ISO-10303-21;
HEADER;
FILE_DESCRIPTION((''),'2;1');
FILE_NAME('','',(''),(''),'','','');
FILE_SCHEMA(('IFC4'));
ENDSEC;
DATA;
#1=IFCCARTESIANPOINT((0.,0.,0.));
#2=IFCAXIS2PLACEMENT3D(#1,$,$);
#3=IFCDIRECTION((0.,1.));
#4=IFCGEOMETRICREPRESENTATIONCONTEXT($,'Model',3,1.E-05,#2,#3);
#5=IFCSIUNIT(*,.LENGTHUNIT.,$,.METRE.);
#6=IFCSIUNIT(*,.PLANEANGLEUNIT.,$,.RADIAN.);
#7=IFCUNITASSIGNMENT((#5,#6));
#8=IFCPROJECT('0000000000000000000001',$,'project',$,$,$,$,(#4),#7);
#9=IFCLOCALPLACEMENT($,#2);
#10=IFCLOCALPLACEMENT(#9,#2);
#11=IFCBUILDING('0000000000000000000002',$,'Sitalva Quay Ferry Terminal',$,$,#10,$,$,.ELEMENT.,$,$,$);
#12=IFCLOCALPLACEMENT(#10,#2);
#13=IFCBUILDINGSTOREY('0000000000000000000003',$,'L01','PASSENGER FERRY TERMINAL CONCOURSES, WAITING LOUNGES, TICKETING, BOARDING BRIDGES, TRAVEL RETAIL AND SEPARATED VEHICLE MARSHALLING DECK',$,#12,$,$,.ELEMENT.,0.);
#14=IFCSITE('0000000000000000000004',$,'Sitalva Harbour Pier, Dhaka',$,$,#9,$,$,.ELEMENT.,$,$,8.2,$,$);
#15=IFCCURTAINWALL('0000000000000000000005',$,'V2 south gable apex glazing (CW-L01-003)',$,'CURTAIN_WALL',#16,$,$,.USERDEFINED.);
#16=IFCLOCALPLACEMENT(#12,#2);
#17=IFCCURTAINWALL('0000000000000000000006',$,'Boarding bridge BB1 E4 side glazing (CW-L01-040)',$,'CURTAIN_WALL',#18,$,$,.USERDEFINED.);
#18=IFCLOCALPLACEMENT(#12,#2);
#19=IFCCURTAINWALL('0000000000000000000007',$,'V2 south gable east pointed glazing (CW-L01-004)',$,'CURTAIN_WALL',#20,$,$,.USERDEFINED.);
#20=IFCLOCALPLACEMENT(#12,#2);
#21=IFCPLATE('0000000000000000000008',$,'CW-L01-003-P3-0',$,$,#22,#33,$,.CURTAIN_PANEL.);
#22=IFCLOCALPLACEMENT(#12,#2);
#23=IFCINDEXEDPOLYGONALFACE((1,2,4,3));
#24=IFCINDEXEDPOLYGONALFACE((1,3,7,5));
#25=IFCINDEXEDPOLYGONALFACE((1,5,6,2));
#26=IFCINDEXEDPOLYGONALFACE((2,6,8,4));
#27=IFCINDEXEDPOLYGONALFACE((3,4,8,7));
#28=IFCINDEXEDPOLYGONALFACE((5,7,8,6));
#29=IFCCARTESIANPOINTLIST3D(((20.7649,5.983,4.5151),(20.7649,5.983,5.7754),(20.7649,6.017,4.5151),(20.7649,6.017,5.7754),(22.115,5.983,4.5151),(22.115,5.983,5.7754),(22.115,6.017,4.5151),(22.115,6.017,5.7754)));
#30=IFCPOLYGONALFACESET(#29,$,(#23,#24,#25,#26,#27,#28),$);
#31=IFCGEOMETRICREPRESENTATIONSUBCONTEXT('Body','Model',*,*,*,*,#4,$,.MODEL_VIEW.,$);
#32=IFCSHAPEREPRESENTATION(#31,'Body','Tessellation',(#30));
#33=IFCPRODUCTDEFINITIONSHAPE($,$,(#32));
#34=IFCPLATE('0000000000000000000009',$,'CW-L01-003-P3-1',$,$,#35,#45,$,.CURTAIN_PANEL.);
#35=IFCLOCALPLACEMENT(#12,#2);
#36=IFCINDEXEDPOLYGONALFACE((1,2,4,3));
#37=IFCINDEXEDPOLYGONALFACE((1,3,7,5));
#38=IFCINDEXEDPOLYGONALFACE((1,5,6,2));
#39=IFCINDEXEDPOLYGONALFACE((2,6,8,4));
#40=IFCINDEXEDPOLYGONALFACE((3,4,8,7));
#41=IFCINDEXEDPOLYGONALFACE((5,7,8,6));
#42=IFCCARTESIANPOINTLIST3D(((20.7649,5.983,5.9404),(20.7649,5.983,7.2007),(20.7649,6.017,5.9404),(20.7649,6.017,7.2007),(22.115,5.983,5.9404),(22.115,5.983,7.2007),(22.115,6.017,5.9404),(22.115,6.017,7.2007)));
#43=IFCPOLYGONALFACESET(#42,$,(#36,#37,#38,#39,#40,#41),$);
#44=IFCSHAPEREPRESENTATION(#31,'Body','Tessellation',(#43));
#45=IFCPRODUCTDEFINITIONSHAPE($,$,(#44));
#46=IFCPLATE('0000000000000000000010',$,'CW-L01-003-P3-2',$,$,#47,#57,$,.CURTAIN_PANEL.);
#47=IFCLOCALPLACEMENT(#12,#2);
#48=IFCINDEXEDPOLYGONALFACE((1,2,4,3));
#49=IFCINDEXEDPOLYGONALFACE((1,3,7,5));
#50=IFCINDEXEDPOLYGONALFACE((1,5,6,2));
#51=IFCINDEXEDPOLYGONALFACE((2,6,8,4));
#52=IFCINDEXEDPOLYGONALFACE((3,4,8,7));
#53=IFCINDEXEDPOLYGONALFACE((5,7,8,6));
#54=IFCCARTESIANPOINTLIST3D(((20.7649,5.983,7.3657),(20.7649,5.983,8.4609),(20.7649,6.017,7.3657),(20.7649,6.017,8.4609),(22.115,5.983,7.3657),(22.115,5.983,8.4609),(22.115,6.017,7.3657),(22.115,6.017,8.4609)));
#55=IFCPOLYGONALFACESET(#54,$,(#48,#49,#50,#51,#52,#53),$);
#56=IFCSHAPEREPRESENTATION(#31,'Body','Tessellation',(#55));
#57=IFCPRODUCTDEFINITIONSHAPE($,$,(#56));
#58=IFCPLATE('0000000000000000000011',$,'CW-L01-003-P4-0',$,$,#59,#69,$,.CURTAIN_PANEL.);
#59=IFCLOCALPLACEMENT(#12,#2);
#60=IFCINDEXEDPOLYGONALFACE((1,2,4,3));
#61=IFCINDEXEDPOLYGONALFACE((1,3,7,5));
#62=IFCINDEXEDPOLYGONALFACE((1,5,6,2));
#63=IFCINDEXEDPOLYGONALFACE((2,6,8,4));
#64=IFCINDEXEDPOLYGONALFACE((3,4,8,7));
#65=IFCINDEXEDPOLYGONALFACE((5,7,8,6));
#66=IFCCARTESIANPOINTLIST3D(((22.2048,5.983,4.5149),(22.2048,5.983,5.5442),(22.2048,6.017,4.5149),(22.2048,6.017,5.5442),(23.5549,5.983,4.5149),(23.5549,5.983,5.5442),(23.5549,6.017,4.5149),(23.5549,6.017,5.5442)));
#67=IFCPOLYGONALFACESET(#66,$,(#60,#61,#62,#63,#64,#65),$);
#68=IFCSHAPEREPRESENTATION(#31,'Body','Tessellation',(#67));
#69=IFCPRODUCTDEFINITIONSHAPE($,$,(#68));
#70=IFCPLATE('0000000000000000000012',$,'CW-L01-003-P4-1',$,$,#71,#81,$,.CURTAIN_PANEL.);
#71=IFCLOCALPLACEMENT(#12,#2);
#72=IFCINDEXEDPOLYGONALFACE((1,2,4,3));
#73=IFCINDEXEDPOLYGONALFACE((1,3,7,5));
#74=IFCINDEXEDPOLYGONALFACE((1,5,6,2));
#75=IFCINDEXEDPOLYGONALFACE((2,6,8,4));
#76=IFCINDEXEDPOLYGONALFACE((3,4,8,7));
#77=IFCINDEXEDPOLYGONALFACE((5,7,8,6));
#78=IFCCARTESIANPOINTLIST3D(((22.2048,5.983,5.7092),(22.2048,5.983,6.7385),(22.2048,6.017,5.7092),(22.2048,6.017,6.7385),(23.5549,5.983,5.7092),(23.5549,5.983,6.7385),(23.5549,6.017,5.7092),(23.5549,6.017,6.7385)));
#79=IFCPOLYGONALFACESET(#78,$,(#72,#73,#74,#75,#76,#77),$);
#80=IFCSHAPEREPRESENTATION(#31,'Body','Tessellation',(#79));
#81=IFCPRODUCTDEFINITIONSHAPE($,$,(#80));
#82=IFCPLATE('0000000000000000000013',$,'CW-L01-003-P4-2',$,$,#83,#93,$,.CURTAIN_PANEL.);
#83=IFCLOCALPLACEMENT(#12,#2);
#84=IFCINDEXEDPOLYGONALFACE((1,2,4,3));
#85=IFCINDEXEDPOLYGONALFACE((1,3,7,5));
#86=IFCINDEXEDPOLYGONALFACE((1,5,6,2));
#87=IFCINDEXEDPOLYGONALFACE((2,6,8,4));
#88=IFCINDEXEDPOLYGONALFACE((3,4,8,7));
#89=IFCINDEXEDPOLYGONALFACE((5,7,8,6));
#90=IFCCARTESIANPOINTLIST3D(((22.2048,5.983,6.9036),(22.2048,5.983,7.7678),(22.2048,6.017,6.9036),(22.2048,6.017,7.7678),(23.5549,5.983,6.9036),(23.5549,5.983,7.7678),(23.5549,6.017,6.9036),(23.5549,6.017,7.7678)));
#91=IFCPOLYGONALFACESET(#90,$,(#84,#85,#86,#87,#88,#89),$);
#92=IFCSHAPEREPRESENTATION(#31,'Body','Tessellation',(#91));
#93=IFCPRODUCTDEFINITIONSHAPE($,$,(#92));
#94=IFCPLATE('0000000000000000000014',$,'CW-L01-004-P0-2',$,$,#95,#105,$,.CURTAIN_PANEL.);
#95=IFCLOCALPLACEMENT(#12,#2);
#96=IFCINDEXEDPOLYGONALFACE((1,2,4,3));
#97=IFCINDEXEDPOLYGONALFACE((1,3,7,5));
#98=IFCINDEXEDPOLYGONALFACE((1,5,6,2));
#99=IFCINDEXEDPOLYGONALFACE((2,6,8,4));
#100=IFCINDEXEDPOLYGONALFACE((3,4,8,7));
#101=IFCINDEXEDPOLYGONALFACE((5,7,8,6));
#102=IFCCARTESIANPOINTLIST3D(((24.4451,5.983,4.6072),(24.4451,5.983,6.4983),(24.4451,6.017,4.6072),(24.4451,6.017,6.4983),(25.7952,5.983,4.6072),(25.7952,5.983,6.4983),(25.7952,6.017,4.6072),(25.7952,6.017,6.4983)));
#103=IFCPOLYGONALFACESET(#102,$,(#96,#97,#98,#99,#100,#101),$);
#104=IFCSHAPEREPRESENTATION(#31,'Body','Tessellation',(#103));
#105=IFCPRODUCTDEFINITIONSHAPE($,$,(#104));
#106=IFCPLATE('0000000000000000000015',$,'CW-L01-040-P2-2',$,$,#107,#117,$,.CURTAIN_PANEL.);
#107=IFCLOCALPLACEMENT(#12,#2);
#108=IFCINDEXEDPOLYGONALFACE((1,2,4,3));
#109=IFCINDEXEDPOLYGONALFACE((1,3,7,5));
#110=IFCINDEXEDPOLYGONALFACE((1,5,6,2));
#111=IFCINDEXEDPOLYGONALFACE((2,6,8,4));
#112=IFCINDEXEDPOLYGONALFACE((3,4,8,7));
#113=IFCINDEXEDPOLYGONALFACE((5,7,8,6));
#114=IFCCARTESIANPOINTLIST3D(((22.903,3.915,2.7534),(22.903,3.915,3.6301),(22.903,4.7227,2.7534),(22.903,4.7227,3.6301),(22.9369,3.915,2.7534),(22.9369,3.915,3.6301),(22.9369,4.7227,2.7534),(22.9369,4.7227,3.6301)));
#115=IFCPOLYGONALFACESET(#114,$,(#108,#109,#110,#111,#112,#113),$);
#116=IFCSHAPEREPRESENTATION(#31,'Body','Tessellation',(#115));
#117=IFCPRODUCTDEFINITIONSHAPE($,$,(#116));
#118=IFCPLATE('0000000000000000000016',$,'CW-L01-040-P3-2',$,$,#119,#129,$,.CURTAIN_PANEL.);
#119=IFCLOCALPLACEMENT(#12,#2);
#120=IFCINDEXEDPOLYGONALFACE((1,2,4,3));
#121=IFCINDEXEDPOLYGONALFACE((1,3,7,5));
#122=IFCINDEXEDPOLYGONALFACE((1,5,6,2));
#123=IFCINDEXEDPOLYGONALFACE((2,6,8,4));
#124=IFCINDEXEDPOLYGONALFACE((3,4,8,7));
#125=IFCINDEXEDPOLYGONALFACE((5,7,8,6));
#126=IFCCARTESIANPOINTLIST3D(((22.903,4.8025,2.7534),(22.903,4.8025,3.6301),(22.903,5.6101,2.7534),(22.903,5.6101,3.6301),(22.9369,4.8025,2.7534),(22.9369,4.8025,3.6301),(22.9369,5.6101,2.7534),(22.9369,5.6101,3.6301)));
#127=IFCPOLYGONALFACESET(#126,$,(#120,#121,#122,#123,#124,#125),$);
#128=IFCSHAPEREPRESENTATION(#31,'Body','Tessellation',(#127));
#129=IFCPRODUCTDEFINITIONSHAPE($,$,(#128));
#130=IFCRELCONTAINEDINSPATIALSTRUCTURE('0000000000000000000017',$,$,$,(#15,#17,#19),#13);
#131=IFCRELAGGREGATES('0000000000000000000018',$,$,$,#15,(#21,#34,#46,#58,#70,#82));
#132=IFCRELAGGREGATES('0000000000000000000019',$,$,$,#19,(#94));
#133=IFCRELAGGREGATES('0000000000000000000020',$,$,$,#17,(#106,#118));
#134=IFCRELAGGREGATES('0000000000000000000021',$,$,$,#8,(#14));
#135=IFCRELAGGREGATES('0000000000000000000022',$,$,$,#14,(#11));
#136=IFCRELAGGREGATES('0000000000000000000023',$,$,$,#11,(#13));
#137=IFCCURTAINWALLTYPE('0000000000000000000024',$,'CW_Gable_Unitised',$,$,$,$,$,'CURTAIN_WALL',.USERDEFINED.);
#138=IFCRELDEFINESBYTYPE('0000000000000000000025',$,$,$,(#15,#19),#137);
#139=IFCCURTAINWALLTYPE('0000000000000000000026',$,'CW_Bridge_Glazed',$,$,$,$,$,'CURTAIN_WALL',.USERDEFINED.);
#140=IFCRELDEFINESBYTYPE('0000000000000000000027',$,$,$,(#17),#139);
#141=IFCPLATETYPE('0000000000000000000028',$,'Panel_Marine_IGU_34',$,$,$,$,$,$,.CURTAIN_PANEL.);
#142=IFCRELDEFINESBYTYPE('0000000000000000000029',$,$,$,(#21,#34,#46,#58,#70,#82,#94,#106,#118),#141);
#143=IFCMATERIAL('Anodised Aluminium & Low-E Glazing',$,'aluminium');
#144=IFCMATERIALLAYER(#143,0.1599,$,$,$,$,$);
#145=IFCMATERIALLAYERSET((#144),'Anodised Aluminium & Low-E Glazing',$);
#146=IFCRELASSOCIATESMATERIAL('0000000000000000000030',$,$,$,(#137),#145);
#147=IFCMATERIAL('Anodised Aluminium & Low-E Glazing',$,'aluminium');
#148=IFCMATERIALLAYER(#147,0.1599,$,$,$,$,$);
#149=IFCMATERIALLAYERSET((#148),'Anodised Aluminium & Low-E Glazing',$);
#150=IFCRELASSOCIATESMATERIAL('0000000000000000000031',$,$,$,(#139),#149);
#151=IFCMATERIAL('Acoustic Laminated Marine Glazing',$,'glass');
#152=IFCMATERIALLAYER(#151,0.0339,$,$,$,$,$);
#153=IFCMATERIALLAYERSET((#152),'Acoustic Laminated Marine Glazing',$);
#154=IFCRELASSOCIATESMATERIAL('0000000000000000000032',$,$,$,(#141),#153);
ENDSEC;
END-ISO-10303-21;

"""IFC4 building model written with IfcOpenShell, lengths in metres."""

from ifc_helpers import new_model, si_unit, direction, frame, origin, origin_2d, place, context, subcontext, project, spatial, rectangle, extrude, material, layer, layer_set, type_object, element, aggregate, save


model = new_model("IFC4")

# Units and contexts
model_context = context("Model", 3, precision=1e-05, world=origin(), true_north=direction((0.0, 1.0)))
body_context = subcontext(model_context, "Body", "Model", "MODEL_VIEW")
ifc_project = project(units=[si_unit("LENGTHUNIT", "METRE"), si_unit("PLANEANGLEUNIT", "RADIAN")], contexts=[model_context])

# Site, building, storey
site_placement = place(None, origin())
site = spatial("IfcSite", under=ifc_project, at=site_placement, Name="Sitalva Harbour Pier, Dhaka", CompositionType="ELEMENT", RefElevation=8.2)
building_placement = place(site_placement, origin())
building = spatial("IfcBuilding", under=site, at=building_placement, Name="Sitalva Quay Ferry Terminal", CompositionType="ELEMENT")
storey_placement = place(building_placement, origin())
storey = spatial("IfcBuildingStorey", under=building, at=storey_placement, Name="L01", Description="PASSENGER FERRY TERMINAL CONCOURSES, WAITING LOUNGES, TICKETING, BOARDING BRIDGES, TRAVEL RETAIL AND SEPARATED VEHICLE MARSHALLING DECK", CompositionType="ELEMENT", Elevation=0.0)

# Curtain walls
ifc_material_1 = material(Name="Anodised Aluminium & Low-E Glazing", Category="aluminium")
ifc_layer_1 = layer(ifc_material_1, 0.1599)
ifc_layer_set_1 = layer_set([ifc_layer_1], Name="Anodised Aluminium & Low-E Glazing")
curtain_wall_type_1 = type_object("IfcCurtainWallType", Name="CW_Gable_Unitised", ElementType="CURTAIN_WALL", PredefinedType="USERDEFINED", material=ifc_layer_set_1)
curtain_wall_1_placement = place(storey_placement, origin())
curtain_wall_1 = element("IfcCurtainWall", 1, at=curtain_wall_1_placement, inside=storey, type_object=curtain_wall_type_1, Name="V2 south gable apex glazing (CW-L01-003)", ObjectType="CURTAIN_WALL", PredefinedType="USERDEFINED")
ifc_material_2 = material(Name="Anodised Aluminium & Low-E Glazing", Category="aluminium")
ifc_layer_2 = layer(ifc_material_2, 0.1599)
ifc_layer_set_2 = layer_set([ifc_layer_2], Name="Anodised Aluminium & Low-E Glazing")
curtain_wall_type_2 = type_object("IfcCurtainWallType", Name="CW_Bridge_Glazed", ElementType="CURTAIN_WALL", PredefinedType="USERDEFINED", material=ifc_layer_set_2)
curtain_wall_2_placement = place(storey_placement, origin())
curtain_wall_2 = element("IfcCurtainWall", 2, at=curtain_wall_2_placement, inside=storey, type_object=curtain_wall_type_2, Name="Boarding bridge BB1 E4 side glazing (CW-L01-040)", ObjectType="CURTAIN_WALL", PredefinedType="USERDEFINED")

# Curtain wall
curtain_wall_3_placement = place(storey_placement, origin())
curtain_wall_3 = element("IfcCurtainWall", 3, at=curtain_wall_3_placement, inside=storey, type_object=curtain_wall_type_1, Name="V2 south gable east pointed glazing (CW-L01-004)", ObjectType="CURTAIN_WALL", PredefinedType="USERDEFINED")

# Plates
ifc_material_3 = material(Name="Acoustic Laminated Marine Glazing", Category="glass")
ifc_layer_3 = layer(ifc_material_3, 0.0339)
ifc_layer_set_3 = layer_set([ifc_layer_3], Name="Acoustic Laminated Marine Glazing")
plate_type_1 = type_object("IfcPlateType", Name="Panel_Marine_IGU_34", PredefinedType="CURTAIN_PANEL", material=ifc_layer_set_3)
plate_1_placement = place(storey_placement, frame((21.4399, 6.0, 4.5151), z_axis=(0.0, 0.0, 1.0), x_axis=(1.0, 0.0, 0.0)))
plate_1 = element("IfcPlate", 4, at=plate_1_placement, type_object=plate_type_1, Name="CW-L01-003-P3-0", PredefinedType="CURTAIN_PANEL", context=body_context, shape_type="SweptSolid", body=[
    extrude(rectangle(XDim=1.3501, YDim=0.0339, at=origin_2d()), origin(), (0.0, 0.0, 1.0), 1.2603),
])
plate_2_placement = place(storey_placement, frame((21.4399, 6.0, 5.9404), z_axis=(0.0, 0.0, 1.0), x_axis=(1.0, 0.0, 0.0)))
plate_2 = element("IfcPlate", 5, at=plate_2_placement, type_object=plate_type_1, Name="CW-L01-003-P3-1", PredefinedType="CURTAIN_PANEL", context=body_context, shape_type="SweptSolid", body=[
    extrude(rectangle(XDim=1.3501, YDim=0.0339, at=origin_2d()), origin(), (0.0, 0.0, 1.0), 1.2603),
])
plate_3_placement = place(storey_placement, frame((21.4399, 6.0, 7.3657), z_axis=(0.0, 0.0, 1.0), x_axis=(1.0, 0.0, 0.0)))
plate_3 = element("IfcPlate", 6, at=plate_3_placement, type_object=plate_type_1, Name="CW-L01-003-P3-2", PredefinedType="CURTAIN_PANEL", context=body_context, shape_type="SweptSolid", body=[
    extrude(rectangle(XDim=1.3501, YDim=0.0339, at=origin_2d()), origin(), (0.0, 0.0, 1.0), 1.0952),
])
plate_4_placement = place(storey_placement, frame((22.8799, 6.0, 4.5149), z_axis=(0.0, 0.0, 1.0), x_axis=(1.0, 0.0, 0.0)))
plate_4 = element("IfcPlate", 7, at=plate_4_placement, type_object=plate_type_1, Name="CW-L01-003-P4-0", PredefinedType="CURTAIN_PANEL", context=body_context, shape_type="SweptSolid", body=[
    extrude(rectangle(XDim=1.3501, YDim=0.0339, at=origin_2d()), origin(), (0.0, 0.0, 1.0), 1.0293),
])
plate_5_placement = place(storey_placement, frame((22.8799, 6.0, 5.7092), z_axis=(0.0, 0.0, 1.0), x_axis=(1.0, 0.0, 0.0)))
plate_5 = element("IfcPlate", 8, at=plate_5_placement, type_object=plate_type_1, Name="CW-L01-003-P4-1", PredefinedType="CURTAIN_PANEL", context=body_context, shape_type="SweptSolid", body=[
    extrude(rectangle(XDim=1.3501, YDim=0.0339, at=origin_2d()), origin(), (0.0, 0.0, 1.0), 1.0293),
])
plate_6_placement = place(storey_placement, frame((22.8799, 6.0, 6.9036), z_axis=(0.0, 0.0, 1.0), x_axis=(1.0, 0.0, 0.0)))
plate_6 = element("IfcPlate", 9, at=plate_6_placement, type_object=plate_type_1, Name="CW-L01-003-P4-2", PredefinedType="CURTAIN_PANEL", context=body_context, shape_type="SweptSolid", body=[
    extrude(rectangle(XDim=1.3501, YDim=0.0339, at=origin_2d()), origin(), (0.0, 0.0, 1.0), 0.8643),
])
aggregate(curtain_wall_1, [plate_1, plate_2, plate_3, plate_4, plate_5, plate_6])
plate_7_placement = place(storey_placement, frame((25.1201, 6.0, 4.6072), z_axis=(0.0, 0.0, 1.0), x_axis=(1.0, 0.0, 0.0)))
plate_7 = element("IfcPlate", 10, at=plate_7_placement, type_object=plate_type_1, Name="CW-L01-004-P0-2", PredefinedType="CURTAIN_PANEL", context=body_context, shape_type="SweptSolid", body=[
    extrude(rectangle(XDim=1.3501, YDim=0.0339, at=origin_2d()), origin(), (0.0, 0.0, 1.0), 1.8911),
])
aggregate(curtain_wall_3, [plate_7])
plate_8_placement = place(storey_placement, frame((22.9199, 4.3188, 2.7534), z_axis=(0.0, 0.0, 1.0), x_axis=(0.0, 1.0, 0.0)))
plate_8 = element("IfcPlate", 11, at=plate_8_placement, type_object=plate_type_1, Name="CW-L01-040-P2-2", PredefinedType="CURTAIN_PANEL", context=body_context, shape_type="SweptSolid", body=[
    extrude(rectangle(XDim=0.8076, YDim=0.0339, at=origin_2d()), origin(), (0.0, 0.0, 1.0), 0.8767),
])
plate_9_placement = place(storey_placement, frame((22.9199, 5.2063, 2.7534), z_axis=(0.0, 0.0, 1.0), x_axis=(0.0, 1.0, 0.0)))
plate_9 = element("IfcPlate", 12, at=plate_9_placement, type_object=plate_type_1, Name="CW-L01-040-P3-2", PredefinedType="CURTAIN_PANEL", context=body_context, shape_type="SweptSolid", body=[
    extrude(rectangle(XDim=0.8076, YDim=0.0339, at=origin_2d()), origin(), (0.0, 0.0, 1.0), 0.8767),
])
aggregate(curtain_wall_2, [plate_8, plate_9])

save(model, "model.ifc")
